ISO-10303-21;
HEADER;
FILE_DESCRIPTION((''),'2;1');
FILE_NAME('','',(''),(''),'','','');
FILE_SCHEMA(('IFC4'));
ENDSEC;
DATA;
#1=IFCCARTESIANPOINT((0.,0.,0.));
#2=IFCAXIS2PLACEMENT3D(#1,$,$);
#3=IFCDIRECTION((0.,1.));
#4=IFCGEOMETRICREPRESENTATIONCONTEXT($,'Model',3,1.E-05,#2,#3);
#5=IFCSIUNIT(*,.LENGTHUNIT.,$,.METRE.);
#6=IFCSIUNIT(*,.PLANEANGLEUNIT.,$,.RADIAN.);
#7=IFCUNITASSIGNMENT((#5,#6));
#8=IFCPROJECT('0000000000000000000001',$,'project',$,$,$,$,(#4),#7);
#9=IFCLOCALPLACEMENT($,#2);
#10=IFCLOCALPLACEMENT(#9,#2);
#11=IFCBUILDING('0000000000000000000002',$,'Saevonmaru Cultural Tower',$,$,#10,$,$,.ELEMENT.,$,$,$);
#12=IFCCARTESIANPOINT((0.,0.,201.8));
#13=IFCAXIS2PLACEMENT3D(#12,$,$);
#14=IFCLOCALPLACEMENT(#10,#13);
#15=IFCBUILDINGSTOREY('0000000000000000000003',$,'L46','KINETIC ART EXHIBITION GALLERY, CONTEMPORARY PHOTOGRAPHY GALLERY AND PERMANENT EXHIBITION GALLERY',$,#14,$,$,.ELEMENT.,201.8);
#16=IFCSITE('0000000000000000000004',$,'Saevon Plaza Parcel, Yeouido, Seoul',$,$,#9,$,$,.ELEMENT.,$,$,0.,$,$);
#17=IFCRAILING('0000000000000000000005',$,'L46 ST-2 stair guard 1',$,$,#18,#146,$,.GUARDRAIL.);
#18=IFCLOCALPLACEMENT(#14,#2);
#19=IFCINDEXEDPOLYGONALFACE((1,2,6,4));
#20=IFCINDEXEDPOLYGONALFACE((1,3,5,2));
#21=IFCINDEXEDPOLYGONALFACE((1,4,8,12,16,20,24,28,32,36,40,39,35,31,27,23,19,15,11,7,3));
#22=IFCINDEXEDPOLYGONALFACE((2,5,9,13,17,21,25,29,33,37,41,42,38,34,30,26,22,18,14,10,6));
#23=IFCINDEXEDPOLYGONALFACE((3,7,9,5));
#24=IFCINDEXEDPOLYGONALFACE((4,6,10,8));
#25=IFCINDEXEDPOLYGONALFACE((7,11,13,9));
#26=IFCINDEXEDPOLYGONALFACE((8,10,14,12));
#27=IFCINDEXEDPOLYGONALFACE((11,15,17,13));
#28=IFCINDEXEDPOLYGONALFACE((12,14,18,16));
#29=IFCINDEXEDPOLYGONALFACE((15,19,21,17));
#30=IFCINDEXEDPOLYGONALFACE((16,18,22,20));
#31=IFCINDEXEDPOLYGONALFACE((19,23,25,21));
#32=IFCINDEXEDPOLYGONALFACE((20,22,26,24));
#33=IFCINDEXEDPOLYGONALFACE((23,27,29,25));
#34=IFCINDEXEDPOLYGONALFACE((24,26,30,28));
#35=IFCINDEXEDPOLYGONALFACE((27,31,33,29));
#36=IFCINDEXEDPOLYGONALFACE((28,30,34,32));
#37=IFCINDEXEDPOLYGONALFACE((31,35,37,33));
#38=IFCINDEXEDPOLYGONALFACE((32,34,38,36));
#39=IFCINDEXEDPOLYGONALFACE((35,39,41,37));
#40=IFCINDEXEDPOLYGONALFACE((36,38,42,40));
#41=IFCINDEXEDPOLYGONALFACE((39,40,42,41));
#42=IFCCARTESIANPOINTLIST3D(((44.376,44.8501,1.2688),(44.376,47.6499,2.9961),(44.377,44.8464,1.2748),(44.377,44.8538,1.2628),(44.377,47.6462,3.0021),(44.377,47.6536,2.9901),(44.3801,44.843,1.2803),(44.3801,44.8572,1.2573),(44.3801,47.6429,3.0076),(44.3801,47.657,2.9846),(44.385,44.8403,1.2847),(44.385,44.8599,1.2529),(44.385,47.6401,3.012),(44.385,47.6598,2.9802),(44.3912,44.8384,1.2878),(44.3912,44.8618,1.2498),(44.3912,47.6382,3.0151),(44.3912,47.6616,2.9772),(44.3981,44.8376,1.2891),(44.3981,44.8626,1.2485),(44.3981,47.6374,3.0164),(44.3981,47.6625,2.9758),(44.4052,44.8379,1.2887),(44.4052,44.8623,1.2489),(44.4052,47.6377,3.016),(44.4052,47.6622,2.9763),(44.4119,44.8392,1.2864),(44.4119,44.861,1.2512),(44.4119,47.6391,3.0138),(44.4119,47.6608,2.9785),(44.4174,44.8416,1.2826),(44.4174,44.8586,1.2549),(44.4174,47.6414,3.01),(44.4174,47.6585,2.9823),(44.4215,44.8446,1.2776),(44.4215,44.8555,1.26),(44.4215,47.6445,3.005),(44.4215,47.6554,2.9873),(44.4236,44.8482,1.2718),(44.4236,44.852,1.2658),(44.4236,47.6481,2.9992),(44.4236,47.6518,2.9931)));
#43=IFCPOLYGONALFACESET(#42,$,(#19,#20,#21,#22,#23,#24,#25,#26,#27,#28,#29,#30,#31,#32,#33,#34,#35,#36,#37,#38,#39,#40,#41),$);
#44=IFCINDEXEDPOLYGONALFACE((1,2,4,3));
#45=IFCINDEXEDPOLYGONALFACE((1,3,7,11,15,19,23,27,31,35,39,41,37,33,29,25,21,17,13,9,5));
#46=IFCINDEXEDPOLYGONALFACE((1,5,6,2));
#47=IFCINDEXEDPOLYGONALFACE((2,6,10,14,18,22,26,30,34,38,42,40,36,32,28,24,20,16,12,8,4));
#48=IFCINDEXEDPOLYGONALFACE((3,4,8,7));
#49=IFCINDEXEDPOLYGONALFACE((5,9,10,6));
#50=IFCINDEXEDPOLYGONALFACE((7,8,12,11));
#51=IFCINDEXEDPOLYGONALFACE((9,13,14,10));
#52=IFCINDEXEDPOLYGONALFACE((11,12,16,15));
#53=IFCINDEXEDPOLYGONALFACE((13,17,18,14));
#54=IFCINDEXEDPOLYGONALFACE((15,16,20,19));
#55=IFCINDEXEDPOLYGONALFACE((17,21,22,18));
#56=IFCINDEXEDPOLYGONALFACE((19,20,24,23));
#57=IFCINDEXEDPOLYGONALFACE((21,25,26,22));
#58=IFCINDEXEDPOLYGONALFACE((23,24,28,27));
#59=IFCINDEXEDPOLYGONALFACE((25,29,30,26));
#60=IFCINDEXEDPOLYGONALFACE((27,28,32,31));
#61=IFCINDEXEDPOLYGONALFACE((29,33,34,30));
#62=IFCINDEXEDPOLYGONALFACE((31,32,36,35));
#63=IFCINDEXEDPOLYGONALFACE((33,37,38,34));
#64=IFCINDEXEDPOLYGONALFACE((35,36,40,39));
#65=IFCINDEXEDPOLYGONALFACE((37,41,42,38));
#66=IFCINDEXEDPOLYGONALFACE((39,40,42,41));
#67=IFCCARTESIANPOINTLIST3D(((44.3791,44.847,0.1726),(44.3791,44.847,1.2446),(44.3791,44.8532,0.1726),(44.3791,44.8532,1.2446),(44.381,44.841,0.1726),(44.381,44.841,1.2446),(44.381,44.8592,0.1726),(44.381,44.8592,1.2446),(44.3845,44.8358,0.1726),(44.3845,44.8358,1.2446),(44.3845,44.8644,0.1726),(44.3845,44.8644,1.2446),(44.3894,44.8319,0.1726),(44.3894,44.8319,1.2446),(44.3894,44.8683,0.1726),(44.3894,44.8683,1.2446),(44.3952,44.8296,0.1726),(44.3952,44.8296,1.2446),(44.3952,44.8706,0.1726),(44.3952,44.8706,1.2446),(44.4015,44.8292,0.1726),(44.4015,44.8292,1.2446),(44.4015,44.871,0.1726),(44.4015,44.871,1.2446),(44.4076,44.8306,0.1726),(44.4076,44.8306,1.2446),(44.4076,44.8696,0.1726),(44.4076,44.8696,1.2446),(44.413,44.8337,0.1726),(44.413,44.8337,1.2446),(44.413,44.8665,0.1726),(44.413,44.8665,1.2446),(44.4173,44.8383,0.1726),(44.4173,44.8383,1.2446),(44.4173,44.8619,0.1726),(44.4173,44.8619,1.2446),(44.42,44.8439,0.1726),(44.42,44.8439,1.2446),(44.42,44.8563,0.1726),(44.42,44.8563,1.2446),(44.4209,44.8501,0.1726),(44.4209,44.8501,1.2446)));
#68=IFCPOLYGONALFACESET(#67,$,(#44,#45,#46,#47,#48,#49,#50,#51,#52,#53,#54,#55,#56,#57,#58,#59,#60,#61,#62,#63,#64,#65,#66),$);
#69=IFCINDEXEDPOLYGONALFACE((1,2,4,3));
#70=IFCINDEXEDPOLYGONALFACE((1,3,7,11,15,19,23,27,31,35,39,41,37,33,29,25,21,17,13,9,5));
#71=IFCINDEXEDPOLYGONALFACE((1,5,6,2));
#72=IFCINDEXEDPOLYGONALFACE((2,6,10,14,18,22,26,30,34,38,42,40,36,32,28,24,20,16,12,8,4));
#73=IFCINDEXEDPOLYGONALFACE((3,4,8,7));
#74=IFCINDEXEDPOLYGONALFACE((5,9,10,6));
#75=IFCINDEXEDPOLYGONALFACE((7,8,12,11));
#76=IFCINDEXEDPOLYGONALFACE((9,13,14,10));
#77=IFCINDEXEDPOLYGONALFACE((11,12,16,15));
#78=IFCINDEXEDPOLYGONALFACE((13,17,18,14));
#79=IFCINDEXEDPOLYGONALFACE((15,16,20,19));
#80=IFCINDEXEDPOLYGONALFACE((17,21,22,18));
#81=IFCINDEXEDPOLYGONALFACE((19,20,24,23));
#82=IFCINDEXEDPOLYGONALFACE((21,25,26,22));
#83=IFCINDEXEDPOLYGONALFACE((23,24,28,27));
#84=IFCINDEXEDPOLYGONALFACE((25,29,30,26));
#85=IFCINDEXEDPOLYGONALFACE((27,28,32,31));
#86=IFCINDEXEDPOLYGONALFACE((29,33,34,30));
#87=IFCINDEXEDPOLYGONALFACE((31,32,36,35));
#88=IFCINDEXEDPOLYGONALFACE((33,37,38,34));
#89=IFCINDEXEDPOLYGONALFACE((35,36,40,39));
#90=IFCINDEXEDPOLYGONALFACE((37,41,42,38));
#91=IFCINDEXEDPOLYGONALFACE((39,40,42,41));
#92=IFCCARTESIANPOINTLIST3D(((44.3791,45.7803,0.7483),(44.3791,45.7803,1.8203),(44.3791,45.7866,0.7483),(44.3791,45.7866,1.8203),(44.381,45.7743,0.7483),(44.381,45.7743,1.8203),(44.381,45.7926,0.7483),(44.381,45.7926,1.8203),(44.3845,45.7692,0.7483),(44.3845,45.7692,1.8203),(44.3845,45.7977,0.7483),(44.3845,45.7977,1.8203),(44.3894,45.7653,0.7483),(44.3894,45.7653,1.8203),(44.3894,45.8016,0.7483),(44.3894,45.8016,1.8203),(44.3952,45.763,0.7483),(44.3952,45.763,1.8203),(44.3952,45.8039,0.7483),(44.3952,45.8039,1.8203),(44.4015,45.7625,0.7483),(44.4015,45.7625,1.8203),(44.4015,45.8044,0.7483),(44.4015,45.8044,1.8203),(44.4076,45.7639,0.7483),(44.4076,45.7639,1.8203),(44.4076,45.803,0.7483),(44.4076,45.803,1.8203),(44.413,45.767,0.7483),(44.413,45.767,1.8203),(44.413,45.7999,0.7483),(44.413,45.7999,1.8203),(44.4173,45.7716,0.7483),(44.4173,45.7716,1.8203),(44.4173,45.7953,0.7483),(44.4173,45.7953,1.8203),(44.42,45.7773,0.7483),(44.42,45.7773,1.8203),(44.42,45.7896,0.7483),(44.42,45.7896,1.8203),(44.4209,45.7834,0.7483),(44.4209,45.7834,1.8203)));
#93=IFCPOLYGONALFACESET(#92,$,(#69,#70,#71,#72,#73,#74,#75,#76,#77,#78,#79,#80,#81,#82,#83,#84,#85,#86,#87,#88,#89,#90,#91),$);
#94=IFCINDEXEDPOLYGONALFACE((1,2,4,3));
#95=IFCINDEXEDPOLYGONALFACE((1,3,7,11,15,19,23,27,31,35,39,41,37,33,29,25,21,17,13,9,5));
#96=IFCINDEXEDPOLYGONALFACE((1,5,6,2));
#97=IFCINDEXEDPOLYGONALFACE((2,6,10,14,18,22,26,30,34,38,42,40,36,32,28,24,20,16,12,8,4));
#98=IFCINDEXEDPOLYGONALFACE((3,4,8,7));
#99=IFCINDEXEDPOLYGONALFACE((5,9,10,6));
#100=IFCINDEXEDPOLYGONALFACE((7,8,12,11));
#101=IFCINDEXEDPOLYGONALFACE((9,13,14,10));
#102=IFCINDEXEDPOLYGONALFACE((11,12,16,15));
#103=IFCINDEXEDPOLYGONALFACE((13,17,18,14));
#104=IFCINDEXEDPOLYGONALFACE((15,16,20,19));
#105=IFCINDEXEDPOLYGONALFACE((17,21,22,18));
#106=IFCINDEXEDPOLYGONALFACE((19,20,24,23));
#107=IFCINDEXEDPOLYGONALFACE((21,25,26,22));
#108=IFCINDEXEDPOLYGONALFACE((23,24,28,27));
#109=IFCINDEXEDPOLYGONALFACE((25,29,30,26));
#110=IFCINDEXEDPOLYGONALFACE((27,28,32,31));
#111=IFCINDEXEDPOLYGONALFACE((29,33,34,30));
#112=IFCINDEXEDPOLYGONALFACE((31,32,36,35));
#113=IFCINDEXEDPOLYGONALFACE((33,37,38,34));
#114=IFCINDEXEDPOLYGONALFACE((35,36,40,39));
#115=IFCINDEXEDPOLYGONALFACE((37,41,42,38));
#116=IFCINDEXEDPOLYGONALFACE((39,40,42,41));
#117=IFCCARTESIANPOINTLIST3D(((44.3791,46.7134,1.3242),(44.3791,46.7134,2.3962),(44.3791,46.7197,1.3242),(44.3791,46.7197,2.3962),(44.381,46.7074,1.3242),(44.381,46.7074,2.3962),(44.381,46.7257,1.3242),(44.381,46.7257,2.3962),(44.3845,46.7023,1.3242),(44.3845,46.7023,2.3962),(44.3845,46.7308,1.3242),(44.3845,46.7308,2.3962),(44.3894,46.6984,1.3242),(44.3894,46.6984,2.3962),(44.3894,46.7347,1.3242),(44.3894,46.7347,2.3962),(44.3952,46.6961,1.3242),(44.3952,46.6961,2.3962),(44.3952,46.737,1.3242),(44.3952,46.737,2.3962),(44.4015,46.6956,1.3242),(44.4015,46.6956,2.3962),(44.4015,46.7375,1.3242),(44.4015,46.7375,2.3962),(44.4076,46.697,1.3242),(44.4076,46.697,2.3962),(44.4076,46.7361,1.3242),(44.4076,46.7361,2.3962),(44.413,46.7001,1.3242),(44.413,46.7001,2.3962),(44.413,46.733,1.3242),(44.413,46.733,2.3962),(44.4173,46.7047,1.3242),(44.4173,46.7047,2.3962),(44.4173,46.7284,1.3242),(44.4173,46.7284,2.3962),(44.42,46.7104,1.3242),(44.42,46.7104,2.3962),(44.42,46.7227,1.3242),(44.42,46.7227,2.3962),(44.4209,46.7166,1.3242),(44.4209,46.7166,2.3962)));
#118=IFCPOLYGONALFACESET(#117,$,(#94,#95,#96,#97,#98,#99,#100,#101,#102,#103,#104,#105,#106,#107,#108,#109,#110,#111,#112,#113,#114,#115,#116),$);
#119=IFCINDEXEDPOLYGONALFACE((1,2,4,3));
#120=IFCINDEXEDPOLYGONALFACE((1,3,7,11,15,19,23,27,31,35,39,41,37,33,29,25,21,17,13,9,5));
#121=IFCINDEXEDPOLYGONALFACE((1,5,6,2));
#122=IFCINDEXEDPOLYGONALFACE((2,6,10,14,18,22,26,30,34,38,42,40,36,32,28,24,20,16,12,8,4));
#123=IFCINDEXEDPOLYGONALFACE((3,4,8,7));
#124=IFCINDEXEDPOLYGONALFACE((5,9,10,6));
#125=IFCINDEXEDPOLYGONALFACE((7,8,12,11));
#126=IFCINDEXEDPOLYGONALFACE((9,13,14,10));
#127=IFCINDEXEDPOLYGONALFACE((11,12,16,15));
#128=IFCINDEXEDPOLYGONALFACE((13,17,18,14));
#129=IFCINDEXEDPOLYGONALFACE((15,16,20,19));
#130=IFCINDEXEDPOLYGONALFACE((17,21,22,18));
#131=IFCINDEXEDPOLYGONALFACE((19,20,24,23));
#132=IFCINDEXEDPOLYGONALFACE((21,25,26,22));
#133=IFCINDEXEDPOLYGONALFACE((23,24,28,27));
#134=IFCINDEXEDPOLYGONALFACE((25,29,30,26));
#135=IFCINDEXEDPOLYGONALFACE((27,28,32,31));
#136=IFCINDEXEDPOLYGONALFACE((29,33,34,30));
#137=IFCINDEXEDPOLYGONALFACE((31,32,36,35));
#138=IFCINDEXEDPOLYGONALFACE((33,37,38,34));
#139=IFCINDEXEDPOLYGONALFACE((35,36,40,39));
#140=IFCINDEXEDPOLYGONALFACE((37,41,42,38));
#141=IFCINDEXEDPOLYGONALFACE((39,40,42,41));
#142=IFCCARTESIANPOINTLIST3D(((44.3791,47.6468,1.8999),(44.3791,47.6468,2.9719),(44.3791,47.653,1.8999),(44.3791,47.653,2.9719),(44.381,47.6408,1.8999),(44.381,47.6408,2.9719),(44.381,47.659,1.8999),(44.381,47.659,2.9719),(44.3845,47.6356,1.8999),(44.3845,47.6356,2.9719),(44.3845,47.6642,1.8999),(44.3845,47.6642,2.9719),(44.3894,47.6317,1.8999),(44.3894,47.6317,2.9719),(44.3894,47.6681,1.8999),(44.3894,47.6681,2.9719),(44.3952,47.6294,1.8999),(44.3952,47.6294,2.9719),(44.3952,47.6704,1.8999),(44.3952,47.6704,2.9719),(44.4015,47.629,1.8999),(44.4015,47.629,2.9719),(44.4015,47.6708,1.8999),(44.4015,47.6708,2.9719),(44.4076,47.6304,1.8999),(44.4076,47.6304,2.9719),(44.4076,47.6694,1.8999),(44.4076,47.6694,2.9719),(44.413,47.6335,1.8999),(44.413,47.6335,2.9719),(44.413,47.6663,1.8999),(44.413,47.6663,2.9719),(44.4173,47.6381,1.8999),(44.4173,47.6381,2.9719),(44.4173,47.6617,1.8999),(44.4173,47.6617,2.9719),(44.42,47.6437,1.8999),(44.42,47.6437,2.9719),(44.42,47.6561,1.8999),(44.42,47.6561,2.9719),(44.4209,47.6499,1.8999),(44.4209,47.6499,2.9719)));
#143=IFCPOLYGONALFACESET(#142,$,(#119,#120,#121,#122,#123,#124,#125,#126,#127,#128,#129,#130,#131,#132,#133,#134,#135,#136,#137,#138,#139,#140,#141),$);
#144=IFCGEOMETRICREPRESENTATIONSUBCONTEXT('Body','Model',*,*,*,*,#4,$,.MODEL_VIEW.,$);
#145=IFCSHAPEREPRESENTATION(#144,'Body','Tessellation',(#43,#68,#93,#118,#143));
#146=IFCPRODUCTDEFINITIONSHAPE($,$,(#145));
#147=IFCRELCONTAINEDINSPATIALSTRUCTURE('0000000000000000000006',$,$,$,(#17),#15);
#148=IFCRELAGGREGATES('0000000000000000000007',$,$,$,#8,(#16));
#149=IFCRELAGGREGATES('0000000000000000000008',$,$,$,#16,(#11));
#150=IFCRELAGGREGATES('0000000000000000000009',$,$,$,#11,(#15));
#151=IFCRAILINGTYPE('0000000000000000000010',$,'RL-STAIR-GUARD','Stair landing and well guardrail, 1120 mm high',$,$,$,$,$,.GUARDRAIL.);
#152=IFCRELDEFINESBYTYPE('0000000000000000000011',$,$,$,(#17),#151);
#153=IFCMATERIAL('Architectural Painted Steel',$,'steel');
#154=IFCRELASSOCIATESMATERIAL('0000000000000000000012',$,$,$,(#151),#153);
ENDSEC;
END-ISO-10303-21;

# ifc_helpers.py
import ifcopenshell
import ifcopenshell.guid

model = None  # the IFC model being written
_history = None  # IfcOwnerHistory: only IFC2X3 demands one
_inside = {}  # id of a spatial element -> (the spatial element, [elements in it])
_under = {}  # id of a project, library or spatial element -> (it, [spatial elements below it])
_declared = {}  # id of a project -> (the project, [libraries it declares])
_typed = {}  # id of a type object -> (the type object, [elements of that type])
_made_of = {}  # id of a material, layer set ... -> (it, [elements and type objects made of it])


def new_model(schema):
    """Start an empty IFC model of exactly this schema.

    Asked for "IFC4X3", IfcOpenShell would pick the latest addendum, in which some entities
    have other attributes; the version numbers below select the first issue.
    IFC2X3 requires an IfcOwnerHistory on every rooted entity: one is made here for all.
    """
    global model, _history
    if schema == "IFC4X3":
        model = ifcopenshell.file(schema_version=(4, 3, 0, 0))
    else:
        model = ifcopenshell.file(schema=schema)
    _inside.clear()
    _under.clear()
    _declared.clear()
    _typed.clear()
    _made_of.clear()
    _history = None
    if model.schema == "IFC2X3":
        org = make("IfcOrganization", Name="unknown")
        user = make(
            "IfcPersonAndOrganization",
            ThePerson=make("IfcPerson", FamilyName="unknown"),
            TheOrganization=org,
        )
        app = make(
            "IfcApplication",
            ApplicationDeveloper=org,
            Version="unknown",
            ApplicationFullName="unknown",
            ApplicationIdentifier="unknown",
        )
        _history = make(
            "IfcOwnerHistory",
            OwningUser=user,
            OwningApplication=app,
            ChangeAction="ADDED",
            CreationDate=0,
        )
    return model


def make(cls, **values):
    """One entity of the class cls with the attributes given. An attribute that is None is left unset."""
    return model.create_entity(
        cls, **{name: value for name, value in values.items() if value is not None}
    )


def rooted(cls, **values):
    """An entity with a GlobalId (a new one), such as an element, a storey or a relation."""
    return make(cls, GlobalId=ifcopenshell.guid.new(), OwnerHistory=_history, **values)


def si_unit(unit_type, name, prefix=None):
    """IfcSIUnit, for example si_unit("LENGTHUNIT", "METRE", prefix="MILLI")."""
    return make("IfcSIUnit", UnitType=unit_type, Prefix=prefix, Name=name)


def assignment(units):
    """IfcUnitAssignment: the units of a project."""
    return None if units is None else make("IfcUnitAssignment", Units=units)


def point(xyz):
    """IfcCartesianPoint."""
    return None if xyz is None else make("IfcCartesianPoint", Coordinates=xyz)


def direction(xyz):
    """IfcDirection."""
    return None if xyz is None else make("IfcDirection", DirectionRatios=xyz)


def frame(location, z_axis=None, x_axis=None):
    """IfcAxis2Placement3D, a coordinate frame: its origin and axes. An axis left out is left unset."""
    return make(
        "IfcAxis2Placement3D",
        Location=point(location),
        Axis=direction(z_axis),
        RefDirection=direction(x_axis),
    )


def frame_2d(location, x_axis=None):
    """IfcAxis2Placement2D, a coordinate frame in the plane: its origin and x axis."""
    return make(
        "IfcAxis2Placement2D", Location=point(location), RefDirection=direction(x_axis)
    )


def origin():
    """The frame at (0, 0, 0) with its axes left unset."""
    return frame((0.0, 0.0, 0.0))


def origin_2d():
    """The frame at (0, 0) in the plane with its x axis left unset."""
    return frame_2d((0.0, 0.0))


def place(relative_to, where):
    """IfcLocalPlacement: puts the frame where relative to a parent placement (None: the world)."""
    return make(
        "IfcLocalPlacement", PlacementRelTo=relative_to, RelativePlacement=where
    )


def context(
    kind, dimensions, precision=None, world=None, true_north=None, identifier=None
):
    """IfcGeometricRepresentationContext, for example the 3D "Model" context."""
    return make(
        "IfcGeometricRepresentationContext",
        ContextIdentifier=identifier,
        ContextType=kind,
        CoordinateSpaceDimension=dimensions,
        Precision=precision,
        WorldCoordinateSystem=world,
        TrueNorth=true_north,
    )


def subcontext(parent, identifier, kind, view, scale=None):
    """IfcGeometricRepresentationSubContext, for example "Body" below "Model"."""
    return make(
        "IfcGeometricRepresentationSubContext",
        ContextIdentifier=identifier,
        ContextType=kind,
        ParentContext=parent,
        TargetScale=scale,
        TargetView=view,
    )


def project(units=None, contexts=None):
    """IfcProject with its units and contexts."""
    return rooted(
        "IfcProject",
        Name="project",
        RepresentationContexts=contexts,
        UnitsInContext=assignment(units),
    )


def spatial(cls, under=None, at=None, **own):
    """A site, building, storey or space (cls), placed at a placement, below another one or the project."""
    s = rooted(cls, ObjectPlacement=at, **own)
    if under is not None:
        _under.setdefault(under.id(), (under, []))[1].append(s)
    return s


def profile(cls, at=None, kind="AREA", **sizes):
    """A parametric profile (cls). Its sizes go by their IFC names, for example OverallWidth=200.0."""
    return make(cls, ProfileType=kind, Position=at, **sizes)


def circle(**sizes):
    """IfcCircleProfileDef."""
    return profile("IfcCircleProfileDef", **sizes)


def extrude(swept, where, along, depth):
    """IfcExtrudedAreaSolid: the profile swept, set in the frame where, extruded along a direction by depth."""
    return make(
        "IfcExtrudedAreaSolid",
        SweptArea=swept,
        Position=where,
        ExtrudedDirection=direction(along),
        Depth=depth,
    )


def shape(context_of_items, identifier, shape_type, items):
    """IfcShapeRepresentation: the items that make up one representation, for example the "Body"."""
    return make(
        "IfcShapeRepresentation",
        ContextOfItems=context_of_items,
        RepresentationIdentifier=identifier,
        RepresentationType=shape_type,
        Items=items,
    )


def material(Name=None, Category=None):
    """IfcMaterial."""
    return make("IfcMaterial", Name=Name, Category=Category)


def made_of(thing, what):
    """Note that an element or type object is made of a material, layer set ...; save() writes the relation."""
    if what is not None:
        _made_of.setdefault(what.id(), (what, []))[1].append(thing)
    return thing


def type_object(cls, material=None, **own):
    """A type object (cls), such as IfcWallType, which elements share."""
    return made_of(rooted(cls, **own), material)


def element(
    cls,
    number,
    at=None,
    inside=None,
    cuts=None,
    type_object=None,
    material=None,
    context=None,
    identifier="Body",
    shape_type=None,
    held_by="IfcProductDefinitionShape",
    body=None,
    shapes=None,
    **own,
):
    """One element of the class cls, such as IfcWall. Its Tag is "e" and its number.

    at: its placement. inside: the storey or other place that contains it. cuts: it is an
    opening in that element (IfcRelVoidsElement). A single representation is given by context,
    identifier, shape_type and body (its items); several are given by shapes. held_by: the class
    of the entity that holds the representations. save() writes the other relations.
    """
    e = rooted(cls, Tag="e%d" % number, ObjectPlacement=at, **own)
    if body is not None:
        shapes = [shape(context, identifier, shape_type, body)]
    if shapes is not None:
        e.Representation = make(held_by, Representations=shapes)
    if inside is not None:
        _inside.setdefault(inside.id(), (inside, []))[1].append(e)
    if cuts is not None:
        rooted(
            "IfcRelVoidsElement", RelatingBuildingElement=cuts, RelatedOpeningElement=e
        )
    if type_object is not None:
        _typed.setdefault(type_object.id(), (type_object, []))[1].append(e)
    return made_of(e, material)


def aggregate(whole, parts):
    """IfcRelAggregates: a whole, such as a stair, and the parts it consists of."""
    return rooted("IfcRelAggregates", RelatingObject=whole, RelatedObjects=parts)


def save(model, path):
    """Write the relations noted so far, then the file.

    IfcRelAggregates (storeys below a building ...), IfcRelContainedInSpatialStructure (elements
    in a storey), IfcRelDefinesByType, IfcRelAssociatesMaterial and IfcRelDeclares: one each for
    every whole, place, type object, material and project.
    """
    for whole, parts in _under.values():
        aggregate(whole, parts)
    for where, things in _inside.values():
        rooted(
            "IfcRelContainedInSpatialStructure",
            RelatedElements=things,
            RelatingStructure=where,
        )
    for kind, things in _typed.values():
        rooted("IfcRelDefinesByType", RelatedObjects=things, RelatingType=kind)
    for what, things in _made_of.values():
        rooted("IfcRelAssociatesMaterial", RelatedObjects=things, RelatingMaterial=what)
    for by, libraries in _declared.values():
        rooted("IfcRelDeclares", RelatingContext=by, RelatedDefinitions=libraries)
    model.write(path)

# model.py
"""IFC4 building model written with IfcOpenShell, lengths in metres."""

from ifc_helpers import new_model, si_unit, direction, frame, origin, origin_2d, place, context, subcontext, project, spatial, circle, extrude, material, type_object, element, save


model = new_model("IFC4")

# Units and contexts
model_context = context("Model", 3, precision=1e-05, world=origin(), true_north=direction((0.0, 1.0)))
body_context = subcontext(model_context, "Body", "Model", "MODEL_VIEW")
ifc_project = project(units=[si_unit("LENGTHUNIT", "METRE"), si_unit("PLANEANGLEUNIT", "RADIAN")], contexts=[model_context])

# Site, building, storey
site_placement = place(None, origin())
site = spatial("IfcSite", under=ifc_project, at=site_placement, Name="Saevon Plaza Parcel, Yeouido, Seoul", CompositionType="ELEMENT", RefElevation=0.0)
building_placement = place(site_placement, origin())
building = spatial("IfcBuilding", under=site, at=building_placement, Name="Saevonmaru Cultural Tower", CompositionType="ELEMENT")
storey_placement = place(building_placement, frame((0.0, 0.0, 201.8)))
storey = spatial("IfcBuildingStorey", under=building, at=storey_placement, Name="L46", Description="KINETIC ART EXHIBITION GALLERY, CONTEMPORARY PHOTOGRAPHY GALLERY AND PERMANENT EXHIBITION GALLERY", CompositionType="ELEMENT", Elevation=201.8)

# Railing
ifc_material_1 = material(Name="Architectural Painted Steel", Category="steel")
railing_type_1 = type_object("IfcRailingType", Name="RL-STAIR-GUARD", Description="Stair landing and well guardrail, 1120 mm high", PredefinedType="GUARDRAIL", material=ifc_material_1)
railing_1_placement = place(storey_placement, frame((44.3999, 44.8501, 0.1726)))
element("IfcRailing", 1, at=railing_1_placement, inside=storey, type_object=railing_type_1, Name="L46 ST-2 stair guard 1", PredefinedType="GUARDRAIL", context=body_context, shape_type="SweptSolid", body=[
    extrude(circle(Radius=0.0239, at=origin_2d()), frame((0.0, 0.0, 1.0962), z_axis=(0.0, 0.851069, 0.525054), x_axis=(-1.0, 0.0, 0.0)), (0.0, 0.0, 1.0), 3.2898),
    extrude(circle(Radius=0.021, at=origin_2d()), origin(), (0.0, 0.0, 1.0), 1.072),
    extrude(circle(Radius=0.021, at=origin_2d()), frame((0.0, 0.9333, 0.5757)), (0.0, 0.0, 1.0), 1.072),
    extrude(circle(Radius=0.021, at=origin_2d()), frame((0.0, 1.8665, 1.1516)), (0.0, 0.0, 1.0), 1.072),
    extrude(circle(Radius=0.021, at=origin_2d()), frame((0.0, 2.7998, 1.7273)), (0.0, 0.0, 1.0), 1.072),
])

save(model, "model.ifc")
